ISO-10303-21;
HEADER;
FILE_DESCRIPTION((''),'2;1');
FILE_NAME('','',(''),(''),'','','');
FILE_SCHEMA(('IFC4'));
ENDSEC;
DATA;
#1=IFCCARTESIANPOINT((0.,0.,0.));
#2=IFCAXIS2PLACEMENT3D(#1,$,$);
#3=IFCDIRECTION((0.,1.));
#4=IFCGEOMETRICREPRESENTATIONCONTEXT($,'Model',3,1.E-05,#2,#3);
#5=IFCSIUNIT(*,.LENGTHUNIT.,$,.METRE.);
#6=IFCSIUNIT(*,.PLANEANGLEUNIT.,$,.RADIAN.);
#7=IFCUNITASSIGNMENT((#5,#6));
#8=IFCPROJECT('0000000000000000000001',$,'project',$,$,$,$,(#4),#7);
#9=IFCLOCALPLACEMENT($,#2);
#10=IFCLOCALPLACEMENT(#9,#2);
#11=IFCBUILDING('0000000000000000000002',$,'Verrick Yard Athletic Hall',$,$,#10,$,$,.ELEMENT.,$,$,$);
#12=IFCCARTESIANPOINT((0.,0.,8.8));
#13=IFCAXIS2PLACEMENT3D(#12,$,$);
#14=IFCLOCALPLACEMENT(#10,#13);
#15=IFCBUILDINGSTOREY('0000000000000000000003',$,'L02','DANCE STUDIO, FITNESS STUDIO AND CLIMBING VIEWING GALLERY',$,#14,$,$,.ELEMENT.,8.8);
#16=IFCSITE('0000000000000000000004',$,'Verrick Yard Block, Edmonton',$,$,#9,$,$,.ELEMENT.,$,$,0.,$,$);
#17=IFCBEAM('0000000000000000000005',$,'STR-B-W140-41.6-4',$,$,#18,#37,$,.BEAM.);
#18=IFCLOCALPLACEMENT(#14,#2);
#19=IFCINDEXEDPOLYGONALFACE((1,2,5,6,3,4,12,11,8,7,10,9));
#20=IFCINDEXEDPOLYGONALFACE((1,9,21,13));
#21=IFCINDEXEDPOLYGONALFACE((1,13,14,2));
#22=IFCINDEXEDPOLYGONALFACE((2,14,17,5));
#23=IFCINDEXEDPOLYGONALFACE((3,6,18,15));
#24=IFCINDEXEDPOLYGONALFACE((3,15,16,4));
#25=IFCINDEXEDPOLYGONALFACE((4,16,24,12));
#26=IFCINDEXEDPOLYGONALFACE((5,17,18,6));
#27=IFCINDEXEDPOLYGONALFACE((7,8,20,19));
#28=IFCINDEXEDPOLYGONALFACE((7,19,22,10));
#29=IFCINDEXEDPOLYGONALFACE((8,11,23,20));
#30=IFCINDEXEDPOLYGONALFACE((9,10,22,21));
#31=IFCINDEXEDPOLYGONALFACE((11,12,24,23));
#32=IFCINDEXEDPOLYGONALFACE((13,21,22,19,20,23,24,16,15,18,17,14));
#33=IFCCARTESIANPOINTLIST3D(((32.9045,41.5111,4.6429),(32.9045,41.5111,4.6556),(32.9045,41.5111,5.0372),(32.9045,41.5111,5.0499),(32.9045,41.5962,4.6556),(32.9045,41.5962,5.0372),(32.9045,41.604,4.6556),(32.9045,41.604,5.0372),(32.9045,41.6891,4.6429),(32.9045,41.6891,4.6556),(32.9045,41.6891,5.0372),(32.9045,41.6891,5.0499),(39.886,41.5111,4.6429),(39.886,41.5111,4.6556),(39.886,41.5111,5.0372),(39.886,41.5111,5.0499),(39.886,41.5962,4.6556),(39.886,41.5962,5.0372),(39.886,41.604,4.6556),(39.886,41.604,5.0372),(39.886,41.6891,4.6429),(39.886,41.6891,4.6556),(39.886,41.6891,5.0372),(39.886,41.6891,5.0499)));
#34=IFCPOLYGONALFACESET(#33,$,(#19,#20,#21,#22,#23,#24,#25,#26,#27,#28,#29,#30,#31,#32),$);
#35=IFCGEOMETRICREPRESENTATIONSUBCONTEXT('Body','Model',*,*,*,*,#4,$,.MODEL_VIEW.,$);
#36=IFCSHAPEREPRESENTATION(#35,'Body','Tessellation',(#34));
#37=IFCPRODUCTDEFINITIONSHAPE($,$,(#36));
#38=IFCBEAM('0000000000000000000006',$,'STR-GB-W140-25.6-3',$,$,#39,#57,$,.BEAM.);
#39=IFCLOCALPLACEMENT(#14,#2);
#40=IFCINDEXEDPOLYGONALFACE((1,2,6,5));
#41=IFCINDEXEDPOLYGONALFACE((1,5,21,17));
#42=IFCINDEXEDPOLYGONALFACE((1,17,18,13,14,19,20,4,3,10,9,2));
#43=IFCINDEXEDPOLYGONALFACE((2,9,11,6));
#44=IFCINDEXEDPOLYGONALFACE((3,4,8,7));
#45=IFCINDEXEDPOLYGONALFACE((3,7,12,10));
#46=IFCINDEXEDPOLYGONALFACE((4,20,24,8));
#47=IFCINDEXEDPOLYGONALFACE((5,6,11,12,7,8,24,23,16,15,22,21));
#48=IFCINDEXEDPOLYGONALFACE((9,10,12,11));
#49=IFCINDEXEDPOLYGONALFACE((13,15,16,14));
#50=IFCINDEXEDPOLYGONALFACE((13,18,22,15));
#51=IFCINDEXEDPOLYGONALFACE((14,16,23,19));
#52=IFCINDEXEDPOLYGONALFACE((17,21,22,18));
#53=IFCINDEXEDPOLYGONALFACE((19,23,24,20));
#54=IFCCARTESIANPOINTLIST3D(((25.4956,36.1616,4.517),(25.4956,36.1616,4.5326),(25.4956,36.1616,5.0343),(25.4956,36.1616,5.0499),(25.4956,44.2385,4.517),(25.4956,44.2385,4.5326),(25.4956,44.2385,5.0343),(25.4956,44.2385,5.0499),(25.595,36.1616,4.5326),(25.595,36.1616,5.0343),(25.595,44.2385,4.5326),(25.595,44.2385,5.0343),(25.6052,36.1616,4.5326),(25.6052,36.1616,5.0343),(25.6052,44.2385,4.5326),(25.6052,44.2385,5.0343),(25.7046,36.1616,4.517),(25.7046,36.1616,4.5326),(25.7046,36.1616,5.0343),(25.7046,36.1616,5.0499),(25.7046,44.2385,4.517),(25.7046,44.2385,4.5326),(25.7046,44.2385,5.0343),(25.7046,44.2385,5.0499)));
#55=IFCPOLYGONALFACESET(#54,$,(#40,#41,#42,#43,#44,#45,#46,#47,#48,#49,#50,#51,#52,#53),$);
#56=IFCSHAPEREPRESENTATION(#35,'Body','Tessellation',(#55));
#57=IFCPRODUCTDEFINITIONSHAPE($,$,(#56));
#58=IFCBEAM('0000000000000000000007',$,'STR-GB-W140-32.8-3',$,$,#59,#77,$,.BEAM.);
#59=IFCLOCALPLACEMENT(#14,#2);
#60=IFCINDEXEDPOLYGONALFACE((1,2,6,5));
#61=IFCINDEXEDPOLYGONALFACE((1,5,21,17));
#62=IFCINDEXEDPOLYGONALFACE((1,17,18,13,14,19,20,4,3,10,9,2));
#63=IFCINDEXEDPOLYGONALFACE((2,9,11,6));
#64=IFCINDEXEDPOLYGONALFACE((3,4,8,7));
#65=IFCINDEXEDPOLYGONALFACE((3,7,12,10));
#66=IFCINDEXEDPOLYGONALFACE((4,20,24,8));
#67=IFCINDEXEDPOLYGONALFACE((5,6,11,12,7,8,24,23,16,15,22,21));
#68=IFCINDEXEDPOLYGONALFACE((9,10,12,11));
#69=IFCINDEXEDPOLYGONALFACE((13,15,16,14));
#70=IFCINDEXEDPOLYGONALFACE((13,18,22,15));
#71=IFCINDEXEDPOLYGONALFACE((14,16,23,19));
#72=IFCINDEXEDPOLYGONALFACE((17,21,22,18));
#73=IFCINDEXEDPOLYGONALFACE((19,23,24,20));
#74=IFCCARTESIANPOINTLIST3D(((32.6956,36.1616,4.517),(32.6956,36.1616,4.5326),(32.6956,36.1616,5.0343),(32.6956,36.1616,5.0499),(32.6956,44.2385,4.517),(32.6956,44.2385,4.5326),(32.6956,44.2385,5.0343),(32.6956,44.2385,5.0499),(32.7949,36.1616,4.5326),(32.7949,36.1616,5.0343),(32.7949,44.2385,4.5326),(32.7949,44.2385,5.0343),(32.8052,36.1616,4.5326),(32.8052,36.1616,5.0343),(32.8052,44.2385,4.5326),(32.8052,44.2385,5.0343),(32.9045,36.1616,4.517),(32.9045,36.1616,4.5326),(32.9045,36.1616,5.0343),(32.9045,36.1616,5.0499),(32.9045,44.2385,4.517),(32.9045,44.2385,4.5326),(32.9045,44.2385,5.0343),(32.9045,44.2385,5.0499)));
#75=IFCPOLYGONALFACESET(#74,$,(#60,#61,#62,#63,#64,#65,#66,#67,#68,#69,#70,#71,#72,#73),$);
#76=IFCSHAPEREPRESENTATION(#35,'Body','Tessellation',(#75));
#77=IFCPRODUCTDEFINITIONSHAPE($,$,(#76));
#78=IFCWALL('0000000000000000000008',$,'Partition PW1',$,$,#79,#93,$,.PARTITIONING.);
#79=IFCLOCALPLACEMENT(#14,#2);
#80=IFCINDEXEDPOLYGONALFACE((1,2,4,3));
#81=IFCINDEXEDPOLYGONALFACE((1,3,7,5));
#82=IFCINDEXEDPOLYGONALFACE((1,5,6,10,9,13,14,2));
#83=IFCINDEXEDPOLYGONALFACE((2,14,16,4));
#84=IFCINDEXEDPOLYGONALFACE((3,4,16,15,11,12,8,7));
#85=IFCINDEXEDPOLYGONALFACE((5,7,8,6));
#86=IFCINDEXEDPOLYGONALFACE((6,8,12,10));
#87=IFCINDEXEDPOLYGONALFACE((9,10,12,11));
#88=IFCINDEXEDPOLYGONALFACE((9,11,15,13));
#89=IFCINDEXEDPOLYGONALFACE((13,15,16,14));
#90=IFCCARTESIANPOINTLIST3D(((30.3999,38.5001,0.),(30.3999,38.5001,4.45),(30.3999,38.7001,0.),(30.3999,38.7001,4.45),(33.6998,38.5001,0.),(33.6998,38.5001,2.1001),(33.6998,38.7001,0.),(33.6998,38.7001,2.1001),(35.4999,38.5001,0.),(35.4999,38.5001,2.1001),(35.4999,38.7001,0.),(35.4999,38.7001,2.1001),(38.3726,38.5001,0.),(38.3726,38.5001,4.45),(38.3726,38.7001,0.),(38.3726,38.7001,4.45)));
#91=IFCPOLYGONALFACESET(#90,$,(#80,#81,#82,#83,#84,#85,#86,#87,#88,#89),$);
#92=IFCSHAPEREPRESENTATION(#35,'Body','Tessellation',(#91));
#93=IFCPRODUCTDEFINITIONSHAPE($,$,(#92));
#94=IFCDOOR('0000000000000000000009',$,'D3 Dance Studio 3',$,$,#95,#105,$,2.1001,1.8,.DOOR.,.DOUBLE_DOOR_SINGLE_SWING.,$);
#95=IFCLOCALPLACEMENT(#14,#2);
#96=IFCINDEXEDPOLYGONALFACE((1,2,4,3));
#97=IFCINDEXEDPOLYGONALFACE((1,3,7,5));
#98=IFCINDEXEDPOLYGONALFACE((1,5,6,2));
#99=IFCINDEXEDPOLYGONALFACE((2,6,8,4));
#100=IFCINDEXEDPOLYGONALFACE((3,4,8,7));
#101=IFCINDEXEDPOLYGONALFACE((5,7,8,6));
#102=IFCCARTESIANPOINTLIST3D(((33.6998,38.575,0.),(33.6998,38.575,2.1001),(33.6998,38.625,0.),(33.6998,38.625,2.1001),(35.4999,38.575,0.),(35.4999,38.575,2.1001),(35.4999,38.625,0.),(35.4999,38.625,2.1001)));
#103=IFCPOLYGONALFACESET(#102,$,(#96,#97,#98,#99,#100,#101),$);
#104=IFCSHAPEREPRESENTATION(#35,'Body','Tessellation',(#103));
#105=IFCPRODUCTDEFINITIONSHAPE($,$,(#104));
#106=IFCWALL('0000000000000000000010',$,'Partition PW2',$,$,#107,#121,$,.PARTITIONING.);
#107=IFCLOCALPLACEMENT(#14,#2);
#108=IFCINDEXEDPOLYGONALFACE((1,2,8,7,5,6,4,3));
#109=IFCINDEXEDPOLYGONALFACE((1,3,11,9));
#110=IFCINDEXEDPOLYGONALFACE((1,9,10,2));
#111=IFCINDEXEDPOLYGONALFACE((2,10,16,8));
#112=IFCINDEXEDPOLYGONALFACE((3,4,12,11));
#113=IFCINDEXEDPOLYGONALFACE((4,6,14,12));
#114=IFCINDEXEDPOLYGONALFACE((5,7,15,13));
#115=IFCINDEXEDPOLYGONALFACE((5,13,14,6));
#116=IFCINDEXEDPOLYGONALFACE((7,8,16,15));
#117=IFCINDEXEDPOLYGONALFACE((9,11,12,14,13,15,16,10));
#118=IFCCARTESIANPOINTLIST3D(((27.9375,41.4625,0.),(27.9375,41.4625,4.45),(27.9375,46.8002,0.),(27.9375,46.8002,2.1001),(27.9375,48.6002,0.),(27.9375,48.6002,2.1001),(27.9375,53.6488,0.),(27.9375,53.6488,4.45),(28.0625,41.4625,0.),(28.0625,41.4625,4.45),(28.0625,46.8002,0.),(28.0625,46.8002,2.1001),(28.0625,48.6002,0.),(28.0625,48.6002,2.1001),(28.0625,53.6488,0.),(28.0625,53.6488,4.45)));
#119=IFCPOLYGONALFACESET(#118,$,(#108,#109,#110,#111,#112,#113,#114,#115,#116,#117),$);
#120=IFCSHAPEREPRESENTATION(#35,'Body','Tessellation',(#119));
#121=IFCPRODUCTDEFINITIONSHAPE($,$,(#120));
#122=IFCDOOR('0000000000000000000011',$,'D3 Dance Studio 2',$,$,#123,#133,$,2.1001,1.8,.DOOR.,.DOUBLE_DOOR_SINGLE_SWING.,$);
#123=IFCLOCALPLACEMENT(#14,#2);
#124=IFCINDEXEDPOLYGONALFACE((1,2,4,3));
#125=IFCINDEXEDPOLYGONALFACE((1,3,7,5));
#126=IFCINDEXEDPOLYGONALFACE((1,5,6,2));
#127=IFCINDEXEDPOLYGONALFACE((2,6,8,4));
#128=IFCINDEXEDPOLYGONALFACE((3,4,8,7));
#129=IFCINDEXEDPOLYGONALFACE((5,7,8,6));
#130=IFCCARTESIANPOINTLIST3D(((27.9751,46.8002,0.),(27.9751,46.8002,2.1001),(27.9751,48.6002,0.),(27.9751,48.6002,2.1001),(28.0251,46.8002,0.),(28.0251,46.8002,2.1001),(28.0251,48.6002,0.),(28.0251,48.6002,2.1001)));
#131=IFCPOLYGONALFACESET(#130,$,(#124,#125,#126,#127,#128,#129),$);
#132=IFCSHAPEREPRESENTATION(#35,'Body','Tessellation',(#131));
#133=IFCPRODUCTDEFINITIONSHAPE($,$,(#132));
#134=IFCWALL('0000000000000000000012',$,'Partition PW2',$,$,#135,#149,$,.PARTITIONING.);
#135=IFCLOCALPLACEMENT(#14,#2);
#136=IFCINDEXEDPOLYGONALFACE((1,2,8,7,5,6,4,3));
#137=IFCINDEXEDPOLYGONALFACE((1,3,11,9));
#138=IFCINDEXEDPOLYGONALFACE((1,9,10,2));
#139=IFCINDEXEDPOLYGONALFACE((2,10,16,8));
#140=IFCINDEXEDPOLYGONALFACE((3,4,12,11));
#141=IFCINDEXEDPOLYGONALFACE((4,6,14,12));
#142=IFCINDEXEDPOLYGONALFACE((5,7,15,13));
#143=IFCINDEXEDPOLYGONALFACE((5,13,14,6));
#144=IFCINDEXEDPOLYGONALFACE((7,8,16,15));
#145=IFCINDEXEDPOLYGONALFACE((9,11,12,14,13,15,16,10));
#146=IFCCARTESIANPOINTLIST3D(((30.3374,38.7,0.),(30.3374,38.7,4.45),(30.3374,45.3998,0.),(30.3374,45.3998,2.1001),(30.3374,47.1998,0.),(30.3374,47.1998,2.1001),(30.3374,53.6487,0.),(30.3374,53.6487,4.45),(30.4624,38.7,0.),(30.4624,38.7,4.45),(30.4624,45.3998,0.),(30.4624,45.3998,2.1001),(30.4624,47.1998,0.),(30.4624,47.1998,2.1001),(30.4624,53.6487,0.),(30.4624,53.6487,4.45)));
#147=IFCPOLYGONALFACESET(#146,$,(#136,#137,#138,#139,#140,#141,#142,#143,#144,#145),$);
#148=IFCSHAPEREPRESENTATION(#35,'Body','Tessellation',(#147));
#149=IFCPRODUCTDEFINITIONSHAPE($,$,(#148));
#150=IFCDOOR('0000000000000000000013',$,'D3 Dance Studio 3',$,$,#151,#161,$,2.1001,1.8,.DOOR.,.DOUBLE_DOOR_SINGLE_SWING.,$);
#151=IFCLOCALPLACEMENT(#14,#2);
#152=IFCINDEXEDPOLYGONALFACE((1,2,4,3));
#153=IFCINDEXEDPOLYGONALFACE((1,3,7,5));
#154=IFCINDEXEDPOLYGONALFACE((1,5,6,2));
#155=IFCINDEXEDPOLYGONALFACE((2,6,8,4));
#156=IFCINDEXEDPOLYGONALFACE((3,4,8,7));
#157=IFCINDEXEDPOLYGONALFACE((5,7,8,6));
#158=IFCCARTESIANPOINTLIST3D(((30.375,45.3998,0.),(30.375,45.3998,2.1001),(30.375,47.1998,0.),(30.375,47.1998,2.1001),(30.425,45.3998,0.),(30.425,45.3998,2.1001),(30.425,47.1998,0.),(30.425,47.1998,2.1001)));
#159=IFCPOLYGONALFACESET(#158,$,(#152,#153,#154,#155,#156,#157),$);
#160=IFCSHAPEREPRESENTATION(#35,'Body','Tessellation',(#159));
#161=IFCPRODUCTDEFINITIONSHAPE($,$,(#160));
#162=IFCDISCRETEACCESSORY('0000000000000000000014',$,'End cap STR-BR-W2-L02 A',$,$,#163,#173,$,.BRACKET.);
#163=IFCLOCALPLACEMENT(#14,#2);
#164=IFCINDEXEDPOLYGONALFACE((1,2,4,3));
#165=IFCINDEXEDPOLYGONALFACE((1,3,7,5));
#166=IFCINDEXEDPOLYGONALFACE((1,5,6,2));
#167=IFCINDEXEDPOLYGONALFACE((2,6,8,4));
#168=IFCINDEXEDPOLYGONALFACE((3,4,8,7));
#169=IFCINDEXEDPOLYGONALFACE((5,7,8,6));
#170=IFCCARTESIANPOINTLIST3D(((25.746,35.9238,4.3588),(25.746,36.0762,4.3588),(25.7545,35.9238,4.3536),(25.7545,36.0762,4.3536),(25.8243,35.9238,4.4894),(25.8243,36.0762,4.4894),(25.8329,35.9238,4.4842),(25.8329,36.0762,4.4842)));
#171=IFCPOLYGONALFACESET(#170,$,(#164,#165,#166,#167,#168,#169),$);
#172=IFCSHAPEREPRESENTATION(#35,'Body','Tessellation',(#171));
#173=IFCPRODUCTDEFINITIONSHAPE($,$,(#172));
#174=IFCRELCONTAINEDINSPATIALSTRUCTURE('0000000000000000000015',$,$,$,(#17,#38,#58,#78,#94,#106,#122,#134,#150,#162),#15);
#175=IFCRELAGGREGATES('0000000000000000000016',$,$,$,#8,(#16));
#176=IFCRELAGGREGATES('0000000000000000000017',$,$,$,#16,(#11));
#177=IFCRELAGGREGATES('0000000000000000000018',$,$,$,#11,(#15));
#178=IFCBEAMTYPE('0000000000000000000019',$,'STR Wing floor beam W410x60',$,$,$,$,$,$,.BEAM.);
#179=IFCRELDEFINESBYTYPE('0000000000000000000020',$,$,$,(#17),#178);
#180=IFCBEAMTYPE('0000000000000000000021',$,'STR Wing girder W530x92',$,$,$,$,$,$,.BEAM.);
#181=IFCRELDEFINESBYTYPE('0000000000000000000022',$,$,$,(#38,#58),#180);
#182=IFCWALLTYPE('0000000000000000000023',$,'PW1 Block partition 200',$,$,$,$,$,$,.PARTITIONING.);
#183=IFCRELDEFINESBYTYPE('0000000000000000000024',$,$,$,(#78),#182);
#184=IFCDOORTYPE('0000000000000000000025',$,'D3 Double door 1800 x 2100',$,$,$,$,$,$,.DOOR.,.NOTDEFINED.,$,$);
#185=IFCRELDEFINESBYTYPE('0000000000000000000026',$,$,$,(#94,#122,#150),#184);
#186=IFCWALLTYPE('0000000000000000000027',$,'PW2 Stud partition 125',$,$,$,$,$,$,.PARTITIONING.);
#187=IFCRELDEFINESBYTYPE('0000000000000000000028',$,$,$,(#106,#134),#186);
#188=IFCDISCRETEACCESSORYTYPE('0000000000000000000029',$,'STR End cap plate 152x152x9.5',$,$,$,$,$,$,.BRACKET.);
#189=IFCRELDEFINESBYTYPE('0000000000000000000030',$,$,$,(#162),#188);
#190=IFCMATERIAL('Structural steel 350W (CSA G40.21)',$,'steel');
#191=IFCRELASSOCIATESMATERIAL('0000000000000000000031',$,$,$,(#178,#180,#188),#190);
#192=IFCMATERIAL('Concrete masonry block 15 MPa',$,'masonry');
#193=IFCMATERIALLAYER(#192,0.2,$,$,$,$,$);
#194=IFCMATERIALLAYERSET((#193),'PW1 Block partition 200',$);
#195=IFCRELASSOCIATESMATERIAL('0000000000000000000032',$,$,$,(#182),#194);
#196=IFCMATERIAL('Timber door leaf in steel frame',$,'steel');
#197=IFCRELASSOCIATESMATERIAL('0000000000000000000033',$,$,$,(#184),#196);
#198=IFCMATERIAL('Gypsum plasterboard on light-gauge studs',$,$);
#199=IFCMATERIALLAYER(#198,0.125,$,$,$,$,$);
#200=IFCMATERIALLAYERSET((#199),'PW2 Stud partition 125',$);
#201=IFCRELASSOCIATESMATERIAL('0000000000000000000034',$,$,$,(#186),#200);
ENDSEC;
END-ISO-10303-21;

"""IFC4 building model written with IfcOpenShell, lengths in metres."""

from ifc_helpers import new_model, si_unit, direction, frame, frame_2d, origin, origin_2d, place, context, subcontext, project, spatial, rectangle, i_section, extrude, material, layer, layer_set, material_profile, profile_set, type_object, element, fill, save


model = new_model("IFC4")

# Units and contexts
model_context = context("Model", 3, precision=1e-05, world=origin(), true_north=direction((0.0, 1.0)))
body_context = subcontext(model_context, "Body", "Model", "MODEL_VIEW")
ifc_project = project(units=[si_unit("LENGTHUNIT", "METRE"), si_unit("PLANEANGLEUNIT", "RADIAN")], contexts=[model_context])

# Site, building, storey
site_placement = place(None, origin())
site = spatial("IfcSite", under=ifc_project, at=site_placement, Name="Verrick Yard Block, Edmonton", CompositionType="ELEMENT", RefElevation=0.0)
building_placement = place(site_placement, origin())
building = spatial("IfcBuilding", under=site, at=building_placement, Name="Verrick Yard Athletic Hall", CompositionType="ELEMENT")
storey_placement = place(building_placement, frame((0.0, 0.0, 8.8)))
storey = spatial("IfcBuildingStorey", under=building, at=storey_placement, Name="L02", Description="DANCE STUDIO, FITNESS STUDIO AND CLIMBING VIEWING GALLERY", CompositionType="ELEMENT", Elevation=8.8)

# Shared definitions
ifc_material_1 = material(Name="Structural steel 350W (CSA G40.21)", Category="steel")

# Beams
ifc_material_profile_1 = material_profile(ifc_material_1, i_section(OverallWidth=0.178, OverallDepth=0.407, WebThickness=0.0078, FlangeThickness=0.0127, at=origin_2d()), Name="W410x60")
ifc_profile_set_1 = profile_set([ifc_material_profile_1], Name="Structural steel 350W (CSA G40.21)")
beam_type_1 = type_object("IfcBeamType", Name="STR Wing floor beam W410x60", PredefinedType="BEAM", material=ifc_profile_set_1)
beam_1_placement = place(storey_placement, frame((32.9045, 41.6001, 4.8464), z_axis=(1.0, 0.0, 0.0), x_axis=(0.0, 1.0, 0.0)))
element("IfcBeam", 1, at=beam_1_placement, inside=storey, type_object=beam_type_1, Name="STR-B-W140-41.6-4", PredefinedType="BEAM", context=body_context, shape_type="SweptSolid", body=[
    extrude(i_section(OverallWidth=0.178, OverallDepth=0.407, WebThickness=0.0078, FlangeThickness=0.0127, at=origin_2d()), origin(), (0.0, 0.0, 1.0), 6.9814),
])
ifc_material_profile_2 = material_profile(ifc_material_1, i_section(OverallWidth=0.209, OverallDepth=0.533, WebThickness=0.0103, FlangeThickness=0.0156, at=origin_2d()), Name="W530x92")
ifc_profile_set_2 = profile_set([ifc_material_profile_2], Name="Structural steel 350W (CSA G40.21)")
beam_type_2 = type_object("IfcBeamType", Name="STR Wing girder W530x92", PredefinedType="BEAM", material=ifc_profile_set_2)
for number, where, z_axis, x_axis, name in (
    (2, (25.6001, 36.1616, 4.7834), (0.0, 1.0, 0.0), (-1.0, 0.0, 0.0), "STR-GB-W140-25.6-3"),
    (3, (32.8, 36.1616, 4.7834), (0.0, 1.0, 0.0), (-1.0, 0.0, 0.0), "STR-GB-W140-32.8-3"),
):
    element("IfcBeam", number, at=place(storey_placement, frame(where, z_axis=z_axis, x_axis=x_axis)), inside=storey, type_object=beam_type_2, Name=name, PredefinedType="BEAM", context=body_context, shape_type="SweptSolid", body=[
        extrude(i_section(OverallWidth=0.209, OverallDepth=0.533, WebThickness=0.0103, FlangeThickness=0.0156, at=origin_2d()), origin(), (0.0, 0.0, 1.0), 8.0769),
    ])

# Walls, openings, doors
ifc_material_2 = material(Name="Concrete masonry block 15 MPa", Category="masonry")
ifc_layer_1 = layer(ifc_material_2, 0.2)
ifc_layer_set_1 = layer_set([ifc_layer_1], Name="PW1 Block partition 200")
wall_type_1 = type_object("IfcWallType", Name="PW1 Block partition 200", PredefinedType="PARTITIONING", material=ifc_layer_set_1)
wall_1_placement = place(storey_placement, frame((30.3999, 38.6001, 0.0), z_axis=(0.0, 0.0, 1.0), x_axis=(1.0, 0.0, 0.0)))
wall_1 = element("IfcWall", 4, at=wall_1_placement, inside=storey, type_object=wall_type_1, Name="Partition PW1", PredefinedType="PARTITIONING", context=body_context, shape_type="SweptSolid", body=[
    extrude(rectangle(XDim=7.9727, YDim=0.2, at=frame_2d((3.9863, 0.0))), origin(), (0.0, 0.0, 1.0), 4.45),
])
opening_1_placement = place(wall_1_placement, frame((3.3, 0.0, 0.0)))
opening_1 = element("IfcOpeningElement", 5, at=opening_1_placement, cuts=wall_1, PredefinedType="OPENING", context=body_context, shape_type="SweptSolid", body=[
    extrude(rectangle(XDim=1.8, YDim=2.1001, at=frame_2d((0.8999, 1.05))), frame((0.0, 0.1099, 0.0), z_axis=(0.0, -1.0, 0.0), x_axis=(1.0, 0.0, 0.0)), (0.0, 0.0, 1.0), 0.22),
])
ifc_material_3 = material(Name="Timber door leaf in steel frame", Category="steel")
door_type = type_object("IfcDoorType", Name="D3 Double door 1800 x 2100", OperationType="NOTDEFINED", PredefinedType="DOOR", material=ifc_material_3)
door_1_placement = place(opening_1_placement, origin())
door_1 = element("IfcDoor", 6, at=door_1_placement, inside=storey, type_object=door_type, Name="D3 Dance Studio 3", OperationType="DOUBLE_DOOR_SINGLE_SWING", OverallHeight=2.1001, OverallWidth=1.8, PredefinedType="DOOR", context=body_context, shape_type="SweptSolid", body=[
    extrude(rectangle(XDim=1.8, YDim=2.1001, at=frame_2d((0.8999, 1.05))), frame((0.0, 0.0249, 0.0), z_axis=(0.0, -1.0, 0.0), x_axis=(1.0, 0.0, 0.0)), (0.0, 0.0, 1.0), 0.05),
])
fill(opening_1, door_1)
ifc_material_4 = material(Name="Gypsum plasterboard on light-gauge studs")
ifc_layer_2 = layer(ifc_material_4, 0.125)
ifc_layer_set_2 = layer_set([ifc_layer_2], Name="PW2 Stud partition 125")
wall_type_2 = type_object("IfcWallType", Name="PW2 Stud partition 125", PredefinedType="PARTITIONING", material=ifc_layer_set_2)
wall_2_placement = place(storey_placement, frame((28.0, 41.4624, 0.0), z_axis=(0.0, 0.0, 1.0), x_axis=(0.0, 1.0, 0.0)))
wall_2 = element("IfcWall", 7, at=wall_2_placement, inside=storey, type_object=wall_type_2, Name="Partition PW2", PredefinedType="PARTITIONING", context=body_context, shape_type="SweptSolid", body=[
    extrude(rectangle(XDim=12.1863, YDim=0.125, at=frame_2d((6.0933, 0.0))), origin(), (0.0, 0.0, 1.0), 4.45),
])
opening_2_placement = place(wall_2_placement, frame((5.3379, 0.0, 0.0)))
opening_2 = element("IfcOpeningElement", 8, at=opening_2_placement, cuts=wall_2, PredefinedType="OPENING", context=body_context, shape_type="SweptSolid", body=[
    extrude(rectangle(XDim=1.8, YDim=2.1001, at=frame_2d((0.8999, 1.05))), frame((0.0, 0.0725, 0.0), z_axis=(0.0, -1.0, 0.0), x_axis=(1.0, 0.0, 0.0)), (0.0, 0.0, 1.0), 0.145),
])
door_2_placement = place(opening_2_placement, origin())
door_2 = element("IfcDoor", 9, at=door_2_placement, inside=storey, type_object=door_type, Name="D3 Dance Studio 2", OperationType="DOUBLE_DOOR_SINGLE_SWING", OverallHeight=2.1001, OverallWidth=1.8, PredefinedType="DOOR", context=body_context, shape_type="SweptSolid", body=[
    extrude(rectangle(XDim=1.8, YDim=2.1001, at=frame_2d((0.8999, 1.05))), frame((0.0, 0.0249, 0.0), z_axis=(0.0, -1.0, 0.0), x_axis=(1.0, 0.0, 0.0)), (0.0, 0.0, 1.0), 0.05),
])
fill(opening_2, door_2)
wall_3_placement = place(storey_placement, frame((30.3999, 38.7, 0.0), z_axis=(0.0, 0.0, 1.0), x_axis=(0.0, 1.0, 0.0)))
wall_3 = element("IfcWall", 10, at=wall_3_placement, inside=storey, type_object=wall_type_2, Name="Partition PW2", PredefinedType="PARTITIONING", context=body_context, shape_type="SweptSolid", body=[
    extrude(rectangle(XDim=14.9487, YDim=0.125, at=frame_2d((7.4744, 0.0))), origin(), (0.0, 0.0, 1.0), 4.45),
])
opening_3_placement = place(wall_3_placement, frame((6.7, 0.0, 0.0)))
opening_3 = element("IfcOpeningElement", 11, at=opening_3_placement, cuts=wall_3, PredefinedType="OPENING", context=body_context, shape_type="SweptSolid", body=[
    extrude(rectangle(XDim=1.8, YDim=2.1001, at=frame_2d((0.8999, 1.05))), frame((0.0, 0.0725, 0.0), z_axis=(0.0, -1.0, 0.0), x_axis=(1.0, 0.0, 0.0)), (0.0, 0.0, 1.0), 0.145),
])
door_3_placement = place(opening_3_placement, origin())
door_3 = element("IfcDoor", 12, at=door_3_placement, inside=storey, type_object=door_type, Name="D3 Dance Studio 3", OperationType="DOUBLE_DOOR_SINGLE_SWING", OverallHeight=2.1001, OverallWidth=1.8, PredefinedType="DOOR", context=body_context, shape_type="SweptSolid", body=[
    extrude(rectangle(XDim=1.8, YDim=2.1001, at=frame_2d((0.8999, 1.05))), frame((0.0, 0.0249, 0.0), z_axis=(0.0, -1.0, 0.0), x_axis=(1.0, 0.0, 0.0)), (0.0, 0.0, 1.0), 0.05),
])
fill(opening_3, door_3)

# Discrete accessory
ifc_material_profile_3 = material_profile(ifc_material_1, rectangle(XDim=0.1523, YDim=0.1523, at=origin_2d()), Name="STR End cap plate 152x152x9.5")
ifc_profile_set_3 = profile_set([ifc_material_profile_3], Name="Structural steel 350W (CSA G40.21)")
discrete_accessory_type = type_object("IfcDiscreteAccessoryType", Name="STR End cap plate 152x152x9.5", PredefinedType="BRACKET", material=ifc_profile_set_3)
for number, where, z_axis, x_axis, name in (
    (13, (25.7852, 36.0, 4.4241), (0.857493, 0.0, -0.514496), (0.0, 1.0, 0.0), "End cap STR-BR-W2-L02 A"),
):
    element("IfcDiscreteAccessory", number, at=place(storey_placement, frame(where, z_axis=z_axis, x_axis=x_axis)), inside=storey, type_object=discrete_accessory_type, Name=name, PredefinedType="BRACKET", context=body_context, shape_type="SweptSolid", body=[
        extrude(rectangle(XDim=0.1523, YDim=0.1523, at=origin_2d()), origin(), (0.0, 0.0, 1.0), 0.01),
    ])

save(model, "model.ifc")
